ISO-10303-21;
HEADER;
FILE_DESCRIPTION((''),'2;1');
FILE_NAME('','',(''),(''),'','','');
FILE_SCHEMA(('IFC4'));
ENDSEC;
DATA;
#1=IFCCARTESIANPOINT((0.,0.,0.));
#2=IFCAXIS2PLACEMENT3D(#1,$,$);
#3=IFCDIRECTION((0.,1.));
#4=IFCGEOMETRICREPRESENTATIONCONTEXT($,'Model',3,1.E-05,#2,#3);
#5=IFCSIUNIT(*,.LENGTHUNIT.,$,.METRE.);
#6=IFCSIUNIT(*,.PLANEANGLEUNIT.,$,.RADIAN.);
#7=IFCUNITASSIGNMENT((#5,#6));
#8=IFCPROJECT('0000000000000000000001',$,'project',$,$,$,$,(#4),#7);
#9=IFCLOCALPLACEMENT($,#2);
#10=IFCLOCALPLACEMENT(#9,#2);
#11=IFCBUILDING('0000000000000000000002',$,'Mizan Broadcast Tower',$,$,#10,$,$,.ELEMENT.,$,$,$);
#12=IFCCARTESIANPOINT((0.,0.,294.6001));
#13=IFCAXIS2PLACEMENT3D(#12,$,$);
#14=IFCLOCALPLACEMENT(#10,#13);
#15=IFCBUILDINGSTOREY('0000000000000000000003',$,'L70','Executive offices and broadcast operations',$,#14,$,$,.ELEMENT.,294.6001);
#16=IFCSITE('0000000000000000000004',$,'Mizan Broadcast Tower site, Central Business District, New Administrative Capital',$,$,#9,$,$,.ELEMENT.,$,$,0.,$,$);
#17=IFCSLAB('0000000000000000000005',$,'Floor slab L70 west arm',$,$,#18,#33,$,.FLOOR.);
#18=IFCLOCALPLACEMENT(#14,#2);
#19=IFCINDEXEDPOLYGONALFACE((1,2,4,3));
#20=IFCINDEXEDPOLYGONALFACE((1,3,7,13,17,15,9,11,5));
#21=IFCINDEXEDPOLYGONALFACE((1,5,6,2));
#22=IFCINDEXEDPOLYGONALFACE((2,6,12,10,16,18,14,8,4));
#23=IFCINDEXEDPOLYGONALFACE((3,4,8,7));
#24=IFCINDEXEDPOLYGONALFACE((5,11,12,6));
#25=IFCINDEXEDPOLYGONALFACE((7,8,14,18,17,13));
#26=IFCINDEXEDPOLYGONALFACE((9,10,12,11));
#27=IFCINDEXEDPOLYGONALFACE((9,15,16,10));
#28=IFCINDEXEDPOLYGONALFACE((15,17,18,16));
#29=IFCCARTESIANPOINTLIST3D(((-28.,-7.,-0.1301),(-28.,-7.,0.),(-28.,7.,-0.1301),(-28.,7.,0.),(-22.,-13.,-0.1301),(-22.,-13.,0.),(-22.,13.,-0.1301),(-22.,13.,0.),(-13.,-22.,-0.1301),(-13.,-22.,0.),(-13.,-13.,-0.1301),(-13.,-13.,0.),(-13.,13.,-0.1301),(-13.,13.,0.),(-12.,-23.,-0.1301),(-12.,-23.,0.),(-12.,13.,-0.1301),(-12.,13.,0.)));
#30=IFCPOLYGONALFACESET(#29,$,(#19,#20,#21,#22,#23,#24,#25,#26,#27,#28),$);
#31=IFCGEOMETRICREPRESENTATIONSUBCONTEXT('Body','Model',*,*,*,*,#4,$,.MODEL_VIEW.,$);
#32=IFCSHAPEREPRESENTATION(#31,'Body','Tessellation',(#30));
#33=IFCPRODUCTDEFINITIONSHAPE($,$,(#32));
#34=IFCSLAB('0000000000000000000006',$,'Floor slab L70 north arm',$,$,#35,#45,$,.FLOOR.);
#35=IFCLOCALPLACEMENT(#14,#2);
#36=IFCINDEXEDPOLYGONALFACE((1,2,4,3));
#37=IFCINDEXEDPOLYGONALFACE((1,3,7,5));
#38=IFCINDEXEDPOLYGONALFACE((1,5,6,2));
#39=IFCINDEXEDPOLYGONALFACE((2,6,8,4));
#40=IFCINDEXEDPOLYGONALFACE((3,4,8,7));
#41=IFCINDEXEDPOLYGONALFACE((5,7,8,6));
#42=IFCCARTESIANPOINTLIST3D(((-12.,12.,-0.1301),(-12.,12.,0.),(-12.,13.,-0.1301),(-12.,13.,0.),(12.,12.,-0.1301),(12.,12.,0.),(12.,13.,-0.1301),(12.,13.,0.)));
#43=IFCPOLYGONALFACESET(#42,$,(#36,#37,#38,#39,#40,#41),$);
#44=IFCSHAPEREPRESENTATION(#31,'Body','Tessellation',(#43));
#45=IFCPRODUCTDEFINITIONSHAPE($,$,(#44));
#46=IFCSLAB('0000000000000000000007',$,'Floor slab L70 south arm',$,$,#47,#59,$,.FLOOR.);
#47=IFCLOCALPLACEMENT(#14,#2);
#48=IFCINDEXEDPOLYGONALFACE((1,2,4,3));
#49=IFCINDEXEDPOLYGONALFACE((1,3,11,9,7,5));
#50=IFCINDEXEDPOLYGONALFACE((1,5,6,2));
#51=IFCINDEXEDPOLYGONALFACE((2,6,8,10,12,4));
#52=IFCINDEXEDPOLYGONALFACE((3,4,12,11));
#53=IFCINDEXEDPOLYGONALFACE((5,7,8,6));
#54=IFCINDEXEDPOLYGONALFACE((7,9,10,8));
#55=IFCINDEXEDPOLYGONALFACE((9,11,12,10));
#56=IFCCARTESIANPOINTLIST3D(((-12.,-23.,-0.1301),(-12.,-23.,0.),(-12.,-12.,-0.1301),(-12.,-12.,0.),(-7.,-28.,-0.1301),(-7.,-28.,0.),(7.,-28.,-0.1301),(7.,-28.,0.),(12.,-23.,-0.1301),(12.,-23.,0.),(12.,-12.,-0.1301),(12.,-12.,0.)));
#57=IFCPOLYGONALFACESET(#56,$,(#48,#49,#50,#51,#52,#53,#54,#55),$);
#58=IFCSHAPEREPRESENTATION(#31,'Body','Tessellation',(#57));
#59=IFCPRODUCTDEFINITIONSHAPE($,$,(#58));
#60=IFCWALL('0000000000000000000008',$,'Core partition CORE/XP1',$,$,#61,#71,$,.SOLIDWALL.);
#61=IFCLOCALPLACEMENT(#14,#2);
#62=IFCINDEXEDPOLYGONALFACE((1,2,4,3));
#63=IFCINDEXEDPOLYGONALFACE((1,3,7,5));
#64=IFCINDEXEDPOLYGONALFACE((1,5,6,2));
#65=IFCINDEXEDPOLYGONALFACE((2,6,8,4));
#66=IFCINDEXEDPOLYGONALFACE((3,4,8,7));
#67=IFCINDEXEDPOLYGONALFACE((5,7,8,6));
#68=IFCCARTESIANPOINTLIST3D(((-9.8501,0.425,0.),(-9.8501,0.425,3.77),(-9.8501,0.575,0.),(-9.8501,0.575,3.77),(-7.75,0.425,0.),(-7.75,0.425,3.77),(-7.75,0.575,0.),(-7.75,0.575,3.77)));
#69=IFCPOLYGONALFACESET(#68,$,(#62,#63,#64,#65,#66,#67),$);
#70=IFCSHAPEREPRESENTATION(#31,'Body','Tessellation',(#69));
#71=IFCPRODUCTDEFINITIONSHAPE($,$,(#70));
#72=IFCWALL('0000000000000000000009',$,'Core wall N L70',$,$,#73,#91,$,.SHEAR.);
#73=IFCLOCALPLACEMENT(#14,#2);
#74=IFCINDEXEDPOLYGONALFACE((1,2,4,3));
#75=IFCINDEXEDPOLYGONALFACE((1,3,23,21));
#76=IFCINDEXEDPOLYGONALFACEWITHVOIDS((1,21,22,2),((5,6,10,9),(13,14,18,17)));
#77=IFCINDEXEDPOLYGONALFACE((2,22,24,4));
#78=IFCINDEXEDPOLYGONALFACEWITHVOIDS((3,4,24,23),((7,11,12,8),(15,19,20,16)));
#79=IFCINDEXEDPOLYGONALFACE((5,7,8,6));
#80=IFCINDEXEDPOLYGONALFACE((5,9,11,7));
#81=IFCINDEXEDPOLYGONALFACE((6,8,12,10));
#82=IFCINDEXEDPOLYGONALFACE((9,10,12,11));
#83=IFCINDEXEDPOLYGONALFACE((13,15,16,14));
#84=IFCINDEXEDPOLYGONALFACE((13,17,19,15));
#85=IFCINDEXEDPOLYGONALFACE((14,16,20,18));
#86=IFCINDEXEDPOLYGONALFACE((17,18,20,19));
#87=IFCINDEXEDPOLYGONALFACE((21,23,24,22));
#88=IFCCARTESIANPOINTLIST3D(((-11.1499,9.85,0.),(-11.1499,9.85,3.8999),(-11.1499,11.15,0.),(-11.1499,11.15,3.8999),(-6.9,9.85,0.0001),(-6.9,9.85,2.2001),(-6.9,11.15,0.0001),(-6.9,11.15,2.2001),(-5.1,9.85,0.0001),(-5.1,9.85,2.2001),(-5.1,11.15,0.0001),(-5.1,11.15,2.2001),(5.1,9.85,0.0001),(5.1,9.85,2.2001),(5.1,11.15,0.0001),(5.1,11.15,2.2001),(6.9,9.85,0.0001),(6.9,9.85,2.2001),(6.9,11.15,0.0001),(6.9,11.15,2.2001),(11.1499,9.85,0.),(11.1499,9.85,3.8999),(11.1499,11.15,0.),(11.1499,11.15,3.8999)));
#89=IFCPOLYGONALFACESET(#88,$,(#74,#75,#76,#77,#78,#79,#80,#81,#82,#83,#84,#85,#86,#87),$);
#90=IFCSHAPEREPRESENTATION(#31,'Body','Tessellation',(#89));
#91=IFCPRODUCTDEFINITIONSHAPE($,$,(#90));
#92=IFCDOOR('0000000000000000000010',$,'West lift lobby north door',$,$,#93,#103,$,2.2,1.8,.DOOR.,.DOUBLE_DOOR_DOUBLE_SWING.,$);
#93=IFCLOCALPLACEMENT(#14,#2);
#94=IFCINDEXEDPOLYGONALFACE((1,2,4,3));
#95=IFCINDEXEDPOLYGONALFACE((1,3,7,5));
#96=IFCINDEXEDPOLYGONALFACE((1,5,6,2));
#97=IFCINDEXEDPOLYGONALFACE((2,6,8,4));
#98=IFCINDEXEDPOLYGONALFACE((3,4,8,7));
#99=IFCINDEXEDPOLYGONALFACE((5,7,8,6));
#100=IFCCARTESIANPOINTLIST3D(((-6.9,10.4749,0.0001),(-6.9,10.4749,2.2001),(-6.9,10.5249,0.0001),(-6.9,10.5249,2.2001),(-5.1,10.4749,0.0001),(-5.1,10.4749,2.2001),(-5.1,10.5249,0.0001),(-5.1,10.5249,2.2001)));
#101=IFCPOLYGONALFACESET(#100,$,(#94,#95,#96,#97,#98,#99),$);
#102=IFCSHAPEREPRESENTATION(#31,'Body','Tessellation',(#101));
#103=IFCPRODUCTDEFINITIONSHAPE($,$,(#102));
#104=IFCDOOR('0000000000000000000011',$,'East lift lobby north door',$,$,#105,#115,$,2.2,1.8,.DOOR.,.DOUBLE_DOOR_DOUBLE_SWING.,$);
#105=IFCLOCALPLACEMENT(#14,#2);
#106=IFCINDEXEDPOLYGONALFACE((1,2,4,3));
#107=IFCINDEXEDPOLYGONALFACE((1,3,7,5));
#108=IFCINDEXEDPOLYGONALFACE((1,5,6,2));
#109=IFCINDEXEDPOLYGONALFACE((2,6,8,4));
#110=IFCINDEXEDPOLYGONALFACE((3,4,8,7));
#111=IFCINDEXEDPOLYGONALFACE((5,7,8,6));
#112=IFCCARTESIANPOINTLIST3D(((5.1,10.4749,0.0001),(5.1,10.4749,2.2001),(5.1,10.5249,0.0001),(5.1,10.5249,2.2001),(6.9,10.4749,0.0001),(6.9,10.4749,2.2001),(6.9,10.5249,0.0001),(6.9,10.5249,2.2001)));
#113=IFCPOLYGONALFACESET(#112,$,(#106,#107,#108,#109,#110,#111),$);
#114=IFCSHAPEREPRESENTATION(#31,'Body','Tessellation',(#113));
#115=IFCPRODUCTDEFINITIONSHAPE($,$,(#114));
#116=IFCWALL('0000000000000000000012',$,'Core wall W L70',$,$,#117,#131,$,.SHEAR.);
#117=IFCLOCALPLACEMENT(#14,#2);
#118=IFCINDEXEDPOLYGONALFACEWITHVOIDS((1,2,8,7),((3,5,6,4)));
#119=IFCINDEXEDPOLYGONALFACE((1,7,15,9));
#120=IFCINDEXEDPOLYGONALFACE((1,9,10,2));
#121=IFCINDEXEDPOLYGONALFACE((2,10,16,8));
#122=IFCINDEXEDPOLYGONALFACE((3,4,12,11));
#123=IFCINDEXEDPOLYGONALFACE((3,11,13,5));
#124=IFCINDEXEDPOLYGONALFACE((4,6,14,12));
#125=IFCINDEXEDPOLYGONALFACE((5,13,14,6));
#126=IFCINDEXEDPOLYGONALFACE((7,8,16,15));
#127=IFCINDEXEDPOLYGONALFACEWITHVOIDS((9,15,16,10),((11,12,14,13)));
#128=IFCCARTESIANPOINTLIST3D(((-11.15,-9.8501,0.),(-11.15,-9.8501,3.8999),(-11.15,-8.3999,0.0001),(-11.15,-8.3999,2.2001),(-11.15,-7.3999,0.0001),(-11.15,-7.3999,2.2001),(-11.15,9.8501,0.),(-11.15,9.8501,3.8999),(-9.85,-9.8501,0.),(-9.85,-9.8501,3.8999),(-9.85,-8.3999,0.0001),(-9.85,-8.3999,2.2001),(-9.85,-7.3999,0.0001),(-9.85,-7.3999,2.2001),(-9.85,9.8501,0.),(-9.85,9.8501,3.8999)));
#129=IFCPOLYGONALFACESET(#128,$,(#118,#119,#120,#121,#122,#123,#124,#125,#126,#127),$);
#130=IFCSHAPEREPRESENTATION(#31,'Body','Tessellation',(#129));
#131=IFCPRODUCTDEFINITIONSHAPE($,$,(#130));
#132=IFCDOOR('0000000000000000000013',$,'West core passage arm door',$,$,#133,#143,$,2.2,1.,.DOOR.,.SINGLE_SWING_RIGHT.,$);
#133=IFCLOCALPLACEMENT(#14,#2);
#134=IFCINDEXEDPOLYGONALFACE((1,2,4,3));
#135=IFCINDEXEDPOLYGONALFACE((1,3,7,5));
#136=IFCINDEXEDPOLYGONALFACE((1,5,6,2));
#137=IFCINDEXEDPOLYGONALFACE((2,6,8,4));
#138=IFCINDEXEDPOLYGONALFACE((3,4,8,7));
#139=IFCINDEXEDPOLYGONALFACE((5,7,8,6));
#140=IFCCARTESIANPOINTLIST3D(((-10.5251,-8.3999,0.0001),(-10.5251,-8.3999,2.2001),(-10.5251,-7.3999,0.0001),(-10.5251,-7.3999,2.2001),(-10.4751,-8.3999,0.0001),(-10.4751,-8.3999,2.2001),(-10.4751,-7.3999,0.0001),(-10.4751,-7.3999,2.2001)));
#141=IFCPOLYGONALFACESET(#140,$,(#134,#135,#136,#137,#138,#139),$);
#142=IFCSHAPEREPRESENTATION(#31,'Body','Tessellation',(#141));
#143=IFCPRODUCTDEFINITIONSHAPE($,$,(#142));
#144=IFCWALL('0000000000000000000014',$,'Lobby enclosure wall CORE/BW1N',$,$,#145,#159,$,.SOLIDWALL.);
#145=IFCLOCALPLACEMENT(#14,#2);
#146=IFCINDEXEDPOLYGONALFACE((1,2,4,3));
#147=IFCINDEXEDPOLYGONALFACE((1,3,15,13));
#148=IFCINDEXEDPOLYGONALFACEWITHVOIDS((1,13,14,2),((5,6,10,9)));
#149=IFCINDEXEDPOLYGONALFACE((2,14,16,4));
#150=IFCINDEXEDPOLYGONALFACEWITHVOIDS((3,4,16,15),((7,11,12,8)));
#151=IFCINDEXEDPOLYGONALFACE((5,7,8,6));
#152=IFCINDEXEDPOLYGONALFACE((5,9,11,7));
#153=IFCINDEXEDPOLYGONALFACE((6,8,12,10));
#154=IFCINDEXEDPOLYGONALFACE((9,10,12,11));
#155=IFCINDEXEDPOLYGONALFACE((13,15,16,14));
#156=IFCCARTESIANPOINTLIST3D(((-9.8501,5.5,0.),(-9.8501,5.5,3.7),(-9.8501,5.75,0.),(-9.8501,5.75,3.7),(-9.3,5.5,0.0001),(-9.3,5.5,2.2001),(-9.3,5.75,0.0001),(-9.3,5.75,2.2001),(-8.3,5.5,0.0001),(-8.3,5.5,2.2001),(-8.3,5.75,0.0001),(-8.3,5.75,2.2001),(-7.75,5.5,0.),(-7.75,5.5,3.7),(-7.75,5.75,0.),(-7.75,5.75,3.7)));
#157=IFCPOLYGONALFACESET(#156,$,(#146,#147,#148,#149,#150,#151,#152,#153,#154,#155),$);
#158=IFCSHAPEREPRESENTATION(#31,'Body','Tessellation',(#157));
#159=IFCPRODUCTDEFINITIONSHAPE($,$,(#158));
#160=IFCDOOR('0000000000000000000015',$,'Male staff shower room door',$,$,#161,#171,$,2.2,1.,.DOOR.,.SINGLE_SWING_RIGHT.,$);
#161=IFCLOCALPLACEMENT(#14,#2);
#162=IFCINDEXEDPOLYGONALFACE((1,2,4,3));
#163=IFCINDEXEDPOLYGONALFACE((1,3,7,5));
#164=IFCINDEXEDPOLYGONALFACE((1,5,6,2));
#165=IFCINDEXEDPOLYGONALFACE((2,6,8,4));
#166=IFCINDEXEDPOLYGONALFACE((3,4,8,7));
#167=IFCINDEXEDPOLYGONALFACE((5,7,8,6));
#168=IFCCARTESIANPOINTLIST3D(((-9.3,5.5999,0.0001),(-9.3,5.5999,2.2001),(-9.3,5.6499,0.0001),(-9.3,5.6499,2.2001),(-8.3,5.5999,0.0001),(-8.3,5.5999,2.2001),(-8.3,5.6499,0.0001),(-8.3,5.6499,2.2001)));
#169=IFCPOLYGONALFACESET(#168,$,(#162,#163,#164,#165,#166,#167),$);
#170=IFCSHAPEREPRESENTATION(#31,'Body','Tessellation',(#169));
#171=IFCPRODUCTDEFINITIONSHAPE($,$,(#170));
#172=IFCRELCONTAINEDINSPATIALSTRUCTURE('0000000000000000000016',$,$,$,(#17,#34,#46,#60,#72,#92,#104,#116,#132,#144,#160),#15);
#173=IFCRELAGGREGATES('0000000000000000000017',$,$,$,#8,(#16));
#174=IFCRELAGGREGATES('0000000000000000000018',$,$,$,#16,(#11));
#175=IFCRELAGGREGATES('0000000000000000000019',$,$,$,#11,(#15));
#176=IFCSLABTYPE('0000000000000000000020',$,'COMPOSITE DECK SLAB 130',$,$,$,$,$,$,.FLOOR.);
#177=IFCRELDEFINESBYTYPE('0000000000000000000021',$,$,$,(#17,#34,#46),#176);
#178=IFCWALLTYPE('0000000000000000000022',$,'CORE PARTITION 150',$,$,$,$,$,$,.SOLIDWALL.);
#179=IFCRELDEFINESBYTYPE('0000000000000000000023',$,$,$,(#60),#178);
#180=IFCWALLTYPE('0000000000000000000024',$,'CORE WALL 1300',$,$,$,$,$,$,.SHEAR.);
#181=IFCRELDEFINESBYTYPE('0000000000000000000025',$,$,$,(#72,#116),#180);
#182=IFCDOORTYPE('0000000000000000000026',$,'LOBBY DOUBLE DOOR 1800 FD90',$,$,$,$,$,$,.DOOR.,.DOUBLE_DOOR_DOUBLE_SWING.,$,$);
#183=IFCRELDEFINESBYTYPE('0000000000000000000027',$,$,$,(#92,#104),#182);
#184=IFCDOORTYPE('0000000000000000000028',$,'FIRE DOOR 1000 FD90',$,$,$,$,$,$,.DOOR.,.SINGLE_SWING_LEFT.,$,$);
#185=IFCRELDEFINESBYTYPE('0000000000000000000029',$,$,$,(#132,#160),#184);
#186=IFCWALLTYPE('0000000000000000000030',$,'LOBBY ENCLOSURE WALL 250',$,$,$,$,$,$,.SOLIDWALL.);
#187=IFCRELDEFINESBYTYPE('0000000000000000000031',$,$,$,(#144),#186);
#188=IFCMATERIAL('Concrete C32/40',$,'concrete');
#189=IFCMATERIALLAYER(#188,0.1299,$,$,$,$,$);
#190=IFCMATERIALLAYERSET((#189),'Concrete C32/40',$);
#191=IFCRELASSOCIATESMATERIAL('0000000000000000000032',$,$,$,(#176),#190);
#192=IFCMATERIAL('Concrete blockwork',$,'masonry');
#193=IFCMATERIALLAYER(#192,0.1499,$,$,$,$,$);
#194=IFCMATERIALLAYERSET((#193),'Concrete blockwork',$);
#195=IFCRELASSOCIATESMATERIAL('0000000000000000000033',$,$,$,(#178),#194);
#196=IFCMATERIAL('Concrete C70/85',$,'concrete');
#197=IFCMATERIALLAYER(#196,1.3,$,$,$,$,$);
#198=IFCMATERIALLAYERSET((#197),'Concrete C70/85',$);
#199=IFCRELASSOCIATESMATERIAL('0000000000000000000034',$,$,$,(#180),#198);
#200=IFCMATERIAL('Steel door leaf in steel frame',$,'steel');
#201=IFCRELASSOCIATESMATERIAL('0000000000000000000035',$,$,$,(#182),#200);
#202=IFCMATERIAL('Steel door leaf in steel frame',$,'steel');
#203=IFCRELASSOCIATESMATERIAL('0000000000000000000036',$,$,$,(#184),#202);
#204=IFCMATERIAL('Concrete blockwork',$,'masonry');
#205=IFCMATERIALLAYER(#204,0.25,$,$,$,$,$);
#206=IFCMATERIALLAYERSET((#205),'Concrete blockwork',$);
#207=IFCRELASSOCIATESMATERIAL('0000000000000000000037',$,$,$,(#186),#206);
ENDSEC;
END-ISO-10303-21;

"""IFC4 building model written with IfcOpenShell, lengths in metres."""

from ifc_helpers import new_model, si_unit, direction, frame, frame_2d, origin, place, context, subcontext, project, spatial, polyline, rectangle, outline, extrude, material, layer, layer_set, type_object, element, fill, save


model = new_model("IFC4")

# Units and contexts
model_context = context("Model", 3, precision=1e-05, world=origin(), true_north=direction((0.0, 1.0)))
body_context = subcontext(model_context, "Body", "Model", "MODEL_VIEW")
ifc_project = project(units=[si_unit("LENGTHUNIT", "METRE"), si_unit("PLANEANGLEUNIT", "RADIAN")], contexts=[model_context])

# Site, building, storey
site_placement = place(None, origin())
site = spatial("IfcSite", under=ifc_project, at=site_placement, Name="Mizan Broadcast Tower site, Central Business District, New Administrative Capital", CompositionType="ELEMENT", RefElevation=0.0)
building_placement = place(site_placement, origin())
building = spatial("IfcBuilding", under=site, at=building_placement, Name="Mizan Broadcast Tower", CompositionType="ELEMENT")
storey_placement = place(building_placement, frame((0.0, 0.0, 294.6001)))
storey = spatial("IfcBuildingStorey", under=building, at=storey_placement, Name="L70", Description="Executive offices and broadcast operations", CompositionType="ELEMENT", Elevation=294.6001)

# Slabs
ifc_material_1 = material(Name="Concrete C32/40", Category="concrete")
ifc_layer_1 = layer(ifc_material_1, 0.1299)
ifc_layer_set_1 = layer_set([ifc_layer_1], Name="Concrete C32/40")
slab_type = type_object("IfcSlabType", Name="COMPOSITE DECK SLAB 130", PredefinedType="FLOOR", material=ifc_layer_set_1)
slab_1_placement = place(storey_placement, frame((0.0, 0.0, -0.1301)))
element("IfcSlab", 1, at=slab_1_placement, inside=storey, type_object=slab_type, Name="Floor slab L70 west arm", PredefinedType="FLOOR", context=body_context, shape_type="SweptSolid", body=[
    extrude(outline(polyline([(-13.0, -22.0), (-12.0, -23.0), (-12.0, 13.0), (-13.0, 13.0), (-22.0, 13.0), (-28.0, 7.0), (-28.0, -7.0), (-22.0, -13.0), (-13.0, -13.0), (-13.0, -22.0)])), origin(), (0.0, 0.0, 1.0), 0.1301),
])
slab_2_placement = place(storey_placement, frame((0.0, 0.0, -0.1301)))
element("IfcSlab", 2, at=slab_2_placement, inside=storey, type_object=slab_type, Name="Floor slab L70 north arm", PredefinedType="FLOOR", context=body_context, shape_type="SweptSolid", body=[
    extrude(outline(polyline([(12.0, 13.0), (-12.0, 13.0), (-12.0, 12.0), (12.0, 12.0), (12.0, 13.0)])), origin(), (0.0, 0.0, 1.0), 0.1301),
])
slab_3_placement = place(storey_placement, frame((0.0, 0.0, -0.1301)))
element("IfcSlab", 3, at=slab_3_placement, inside=storey, type_object=slab_type, Name="Floor slab L70 south arm", PredefinedType="FLOOR", context=body_context, shape_type="SweptSolid", body=[
    extrude(outline(polyline([(7.0, -28.0), (12.0, -23.0), (12.0, -12.0), (-12.0, -12.0), (-12.0, -23.0), (-7.0, -28.0), (7.0, -28.0)])), origin(), (0.0, 0.0, 1.0), 0.1301),
])

# Wall
ifc_material_2 = material(Name="Concrete blockwork", Category="masonry")
ifc_layer_2 = layer(ifc_material_2, 0.1499)
ifc_layer_set_2 = layer_set([ifc_layer_2], Name="Concrete blockwork")
wall_type_1 = type_object("IfcWallType", Name="CORE PARTITION 150", PredefinedType="SOLIDWALL", material=ifc_layer_set_2)
wall_1_placement = place(storey_placement, frame((-9.8501, 0.5, 0.0), z_axis=(0.0, 0.0, 1.0), x_axis=(1.0, 0.0, 0.0)))
element("IfcWall", 4, at=wall_1_placement, inside=storey, type_object=wall_type_1, Name="Core partition CORE/XP1", PredefinedType="SOLIDWALL", context=body_context, shape_type="SweptSolid", body=[
    extrude(rectangle(XDim=2.1001, YDim=0.1499, at=frame_2d((1.05, 0.0))), origin(), (0.0, 0.0, 1.0), 3.77),
])

# Wall, openings, doors
ifc_material_3 = material(Name="Concrete C70/85", Category="concrete")
ifc_layer_3 = layer(ifc_material_3, 1.3)
ifc_layer_set_3 = layer_set([ifc_layer_3], Name="Concrete C70/85")
wall_type_2 = type_object("IfcWallType", Name="CORE WALL 1300", PredefinedType="SHEAR", material=ifc_layer_set_3)
wall_2_placement = place(storey_placement, frame((-11.1499, 10.5, 0.0), z_axis=(0.0, 0.0, 1.0), x_axis=(1.0, 0.0, 0.0)))
wall_2 = element("IfcWall", 5, at=wall_2_placement, inside=storey, type_object=wall_type_2, Name="Core wall N L70", PredefinedType="SHEAR", context=body_context, shape_type="SweptSolid", body=[
    extrude(rectangle(XDim=22.2998, YDim=1.3, at=frame_2d((11.1499, 0.0))), origin(), (0.0, 0.0, 1.0), 3.8999),
])
opening_1_placement = place(wall_2_placement, frame((4.25, 0.0, 0.0)))
opening_1 = element("IfcOpeningElement", 6, at=opening_1_placement, cuts=wall_2, PredefinedType="OPENING", context=body_context, shape_type="SweptSolid", body=[
    extrude(rectangle(XDim=1.8, YDim=2.2, at=frame_2d((0.8999, 1.1001))), frame((0.0, 0.6599, 0.0), z_axis=(0.0, -1.0, 0.0), x_axis=(1.0, 0.0, 0.0)), (0.0, 0.0, 1.0), 1.3201),
])
opening_2_placement = place(wall_2_placement, frame((16.25, 0.0, 0.0)))
opening_2 = element("IfcOpeningElement", 7, at=opening_2_placement, cuts=wall_2, PredefinedType="OPENING", context=body_context, shape_type="SweptSolid", body=[
    extrude(rectangle(XDim=1.8, YDim=2.2, at=frame_2d((0.8999, 1.1001))), frame((0.0, 0.6599, 0.0), z_axis=(0.0, -1.0, 0.0), x_axis=(1.0, 0.0, 0.0)), (0.0, 0.0, 1.0), 1.3201),
])
ifc_material_4 = material(Name="Steel door leaf in steel frame", Category="steel")
door_type_1 = type_object("IfcDoorType", Name="LOBBY DOUBLE DOOR 1800 FD90", OperationType="DOUBLE_DOOR_DOUBLE_SWING", PredefinedType="DOOR", material=ifc_material_4)
door_1_placement = place(opening_1_placement, origin())
door_1 = element("IfcDoor", 8, at=door_1_placement, inside=storey, type_object=door_type_1, Name="West lift lobby north door", OperationType="DOUBLE_DOOR_DOUBLE_SWING", OverallHeight=2.2, OverallWidth=1.8, PredefinedType="DOOR", context=body_context, shape_type="SweptSolid", body=[
    extrude(rectangle(XDim=1.8, YDim=2.2, at=frame_2d((0.8999, 1.1001))), frame((0.0, 0.0249, 0.0), z_axis=(0.0, -1.0, 0.0), x_axis=(1.0, 0.0, 0.0)), (0.0, 0.0, 1.0), 0.05),
])
fill(opening_1, door_1)
door_2_placement = place(opening_2_placement, origin())
door_2 = element("IfcDoor", 9, at=door_2_placement, inside=storey, type_object=door_type_1, Name="East lift lobby north door", OperationType="DOUBLE_DOOR_DOUBLE_SWING", OverallHeight=2.2, OverallWidth=1.8, PredefinedType="DOOR", context=body_context, shape_type="SweptSolid", body=[
    extrude(rectangle(XDim=1.8, YDim=2.2, at=frame_2d((0.8999, 1.1001))), frame((0.0, 0.0249, 0.0), z_axis=(0.0, -1.0, 0.0), x_axis=(1.0, 0.0, 0.0)), (0.0, 0.0, 1.0), 0.05),
])
fill(opening_2, door_2)

# Walls, openings, doors
wall_3_placement = place(storey_placement, frame((-10.5, 9.8501, 0.0), z_axis=(0.0, 0.0, 1.0), x_axis=(0.0, -1.0, 0.0)))
wall_3 = element("IfcWall", 10, at=wall_3_placement, inside=storey, type_object=wall_type_2, Name="Core wall W L70", PredefinedType="SHEAR", context=body_context, shape_type="SweptSolid", body=[
    extrude(rectangle(XDim=19.7002, YDim=1.3, at=frame_2d((9.8501, 0.0))), origin(), (0.0, 0.0, 1.0), 3.8999),
])
opening_3_placement = place(wall_3_placement, frame((17.25, 0.0, 0.0)))
opening_3 = element("IfcOpeningElement", 11, at=opening_3_placement, cuts=wall_3, PredefinedType="OPENING", context=body_context, shape_type="SweptSolid", body=[
    extrude(rectangle(XDim=1.0, YDim=2.2, at=frame_2d((0.5, 1.1001))), frame((0.0, 0.6599, 0.0), z_axis=(0.0, -1.0, 0.0), x_axis=(1.0, 0.0, 0.0)), (0.0, 0.0, 1.0), 1.3201),
])
ifc_material_5 = material(Name="Steel door leaf in steel frame", Category="steel")
door_type_2 = type_object("IfcDoorType", Name="FIRE DOOR 1000 FD90", OperationType="SINGLE_SWING_LEFT", PredefinedType="DOOR", material=ifc_material_5)
door_3_placement = place(opening_3_placement, origin())
door_3 = element("IfcDoor", 12, at=door_3_placement, inside=storey, type_object=door_type_2, Name="West core passage arm door", OperationType="SINGLE_SWING_RIGHT", OverallHeight=2.2, OverallWidth=1.0, PredefinedType="DOOR", context=body_context, shape_type="SweptSolid", body=[
    extrude(rectangle(XDim=1.0, YDim=2.2, at=frame_2d((0.5, 1.1001))), frame((0.0, 0.0249, 0.0), z_axis=(0.0, -1.0, 0.0), x_axis=(1.0, 0.0, 0.0)), (0.0, 0.0, 1.0), 0.05),
])
fill(opening_3, door_3)
ifc_material_6 = material(Name="Concrete blockwork", Category="masonry")
ifc_layer_4 = layer(ifc_material_6, 0.25)
ifc_layer_set_4 = layer_set([ifc_layer_4], Name="Concrete blockwork")
wall_type_3 = type_object("IfcWallType", Name="LOBBY ENCLOSURE WALL 250", PredefinedType="SOLIDWALL", material=ifc_layer_set_4)
wall_4_placement = place(storey_placement, frame((-9.8501, 5.625, 0.0), z_axis=(0.0, 0.0, 1.0), x_axis=(1.0, 0.0, 0.0)))
wall_4 = element("IfcWall", 13, at=wall_4_placement, inside=storey, type_object=wall_type_3, Name="Lobby enclosure wall CORE/BW1N", PredefinedType="SOLIDWALL", context=body_context, shape_type="SweptSolid", body=[
    extrude(rectangle(XDim=2.1001, YDim=0.25, at=frame_2d((1.05, 0.0))), origin(), (0.0, 0.0, 1.0), 3.7),
])
opening_4_placement = place(wall_4_placement, frame((0.55, 0.0, 0.0)))
opening_4 = element("IfcOpeningElement", 14, at=opening_4_placement, cuts=wall_4, PredefinedType="OPENING", context=body_context, shape_type="SweptSolid", body=[
    extrude(rectangle(XDim=1.0, YDim=2.2, at=frame_2d((0.5, 1.1001))), frame((0.0, 0.135, 0.0), z_axis=(0.0, -1.0, 0.0), x_axis=(1.0, 0.0, 0.0)), (0.0, 0.0, 1.0), 0.27),
])
door_4_placement = place(opening_4_placement, origin())
door_4 = element("IfcDoor", 15, at=door_4_placement, inside=storey, type_object=door_type_2, Name="Male staff shower room door", OperationType="SINGLE_SWING_RIGHT", OverallHeight=2.2, OverallWidth=1.0, PredefinedType="DOOR", context=body_context, shape_type="SweptSolid", body=[
    extrude(rectangle(XDim=1.0, YDim=2.2, at=frame_2d((0.5, 1.1001))), frame((0.0, 0.0249, 0.0), z_axis=(0.0, -1.0, 0.0), x_axis=(1.0, 0.0, 0.0)), (0.0, 0.0, 1.0), 0.05),
])
fill(opening_4, door_4)

save(model, "model.ifc")
